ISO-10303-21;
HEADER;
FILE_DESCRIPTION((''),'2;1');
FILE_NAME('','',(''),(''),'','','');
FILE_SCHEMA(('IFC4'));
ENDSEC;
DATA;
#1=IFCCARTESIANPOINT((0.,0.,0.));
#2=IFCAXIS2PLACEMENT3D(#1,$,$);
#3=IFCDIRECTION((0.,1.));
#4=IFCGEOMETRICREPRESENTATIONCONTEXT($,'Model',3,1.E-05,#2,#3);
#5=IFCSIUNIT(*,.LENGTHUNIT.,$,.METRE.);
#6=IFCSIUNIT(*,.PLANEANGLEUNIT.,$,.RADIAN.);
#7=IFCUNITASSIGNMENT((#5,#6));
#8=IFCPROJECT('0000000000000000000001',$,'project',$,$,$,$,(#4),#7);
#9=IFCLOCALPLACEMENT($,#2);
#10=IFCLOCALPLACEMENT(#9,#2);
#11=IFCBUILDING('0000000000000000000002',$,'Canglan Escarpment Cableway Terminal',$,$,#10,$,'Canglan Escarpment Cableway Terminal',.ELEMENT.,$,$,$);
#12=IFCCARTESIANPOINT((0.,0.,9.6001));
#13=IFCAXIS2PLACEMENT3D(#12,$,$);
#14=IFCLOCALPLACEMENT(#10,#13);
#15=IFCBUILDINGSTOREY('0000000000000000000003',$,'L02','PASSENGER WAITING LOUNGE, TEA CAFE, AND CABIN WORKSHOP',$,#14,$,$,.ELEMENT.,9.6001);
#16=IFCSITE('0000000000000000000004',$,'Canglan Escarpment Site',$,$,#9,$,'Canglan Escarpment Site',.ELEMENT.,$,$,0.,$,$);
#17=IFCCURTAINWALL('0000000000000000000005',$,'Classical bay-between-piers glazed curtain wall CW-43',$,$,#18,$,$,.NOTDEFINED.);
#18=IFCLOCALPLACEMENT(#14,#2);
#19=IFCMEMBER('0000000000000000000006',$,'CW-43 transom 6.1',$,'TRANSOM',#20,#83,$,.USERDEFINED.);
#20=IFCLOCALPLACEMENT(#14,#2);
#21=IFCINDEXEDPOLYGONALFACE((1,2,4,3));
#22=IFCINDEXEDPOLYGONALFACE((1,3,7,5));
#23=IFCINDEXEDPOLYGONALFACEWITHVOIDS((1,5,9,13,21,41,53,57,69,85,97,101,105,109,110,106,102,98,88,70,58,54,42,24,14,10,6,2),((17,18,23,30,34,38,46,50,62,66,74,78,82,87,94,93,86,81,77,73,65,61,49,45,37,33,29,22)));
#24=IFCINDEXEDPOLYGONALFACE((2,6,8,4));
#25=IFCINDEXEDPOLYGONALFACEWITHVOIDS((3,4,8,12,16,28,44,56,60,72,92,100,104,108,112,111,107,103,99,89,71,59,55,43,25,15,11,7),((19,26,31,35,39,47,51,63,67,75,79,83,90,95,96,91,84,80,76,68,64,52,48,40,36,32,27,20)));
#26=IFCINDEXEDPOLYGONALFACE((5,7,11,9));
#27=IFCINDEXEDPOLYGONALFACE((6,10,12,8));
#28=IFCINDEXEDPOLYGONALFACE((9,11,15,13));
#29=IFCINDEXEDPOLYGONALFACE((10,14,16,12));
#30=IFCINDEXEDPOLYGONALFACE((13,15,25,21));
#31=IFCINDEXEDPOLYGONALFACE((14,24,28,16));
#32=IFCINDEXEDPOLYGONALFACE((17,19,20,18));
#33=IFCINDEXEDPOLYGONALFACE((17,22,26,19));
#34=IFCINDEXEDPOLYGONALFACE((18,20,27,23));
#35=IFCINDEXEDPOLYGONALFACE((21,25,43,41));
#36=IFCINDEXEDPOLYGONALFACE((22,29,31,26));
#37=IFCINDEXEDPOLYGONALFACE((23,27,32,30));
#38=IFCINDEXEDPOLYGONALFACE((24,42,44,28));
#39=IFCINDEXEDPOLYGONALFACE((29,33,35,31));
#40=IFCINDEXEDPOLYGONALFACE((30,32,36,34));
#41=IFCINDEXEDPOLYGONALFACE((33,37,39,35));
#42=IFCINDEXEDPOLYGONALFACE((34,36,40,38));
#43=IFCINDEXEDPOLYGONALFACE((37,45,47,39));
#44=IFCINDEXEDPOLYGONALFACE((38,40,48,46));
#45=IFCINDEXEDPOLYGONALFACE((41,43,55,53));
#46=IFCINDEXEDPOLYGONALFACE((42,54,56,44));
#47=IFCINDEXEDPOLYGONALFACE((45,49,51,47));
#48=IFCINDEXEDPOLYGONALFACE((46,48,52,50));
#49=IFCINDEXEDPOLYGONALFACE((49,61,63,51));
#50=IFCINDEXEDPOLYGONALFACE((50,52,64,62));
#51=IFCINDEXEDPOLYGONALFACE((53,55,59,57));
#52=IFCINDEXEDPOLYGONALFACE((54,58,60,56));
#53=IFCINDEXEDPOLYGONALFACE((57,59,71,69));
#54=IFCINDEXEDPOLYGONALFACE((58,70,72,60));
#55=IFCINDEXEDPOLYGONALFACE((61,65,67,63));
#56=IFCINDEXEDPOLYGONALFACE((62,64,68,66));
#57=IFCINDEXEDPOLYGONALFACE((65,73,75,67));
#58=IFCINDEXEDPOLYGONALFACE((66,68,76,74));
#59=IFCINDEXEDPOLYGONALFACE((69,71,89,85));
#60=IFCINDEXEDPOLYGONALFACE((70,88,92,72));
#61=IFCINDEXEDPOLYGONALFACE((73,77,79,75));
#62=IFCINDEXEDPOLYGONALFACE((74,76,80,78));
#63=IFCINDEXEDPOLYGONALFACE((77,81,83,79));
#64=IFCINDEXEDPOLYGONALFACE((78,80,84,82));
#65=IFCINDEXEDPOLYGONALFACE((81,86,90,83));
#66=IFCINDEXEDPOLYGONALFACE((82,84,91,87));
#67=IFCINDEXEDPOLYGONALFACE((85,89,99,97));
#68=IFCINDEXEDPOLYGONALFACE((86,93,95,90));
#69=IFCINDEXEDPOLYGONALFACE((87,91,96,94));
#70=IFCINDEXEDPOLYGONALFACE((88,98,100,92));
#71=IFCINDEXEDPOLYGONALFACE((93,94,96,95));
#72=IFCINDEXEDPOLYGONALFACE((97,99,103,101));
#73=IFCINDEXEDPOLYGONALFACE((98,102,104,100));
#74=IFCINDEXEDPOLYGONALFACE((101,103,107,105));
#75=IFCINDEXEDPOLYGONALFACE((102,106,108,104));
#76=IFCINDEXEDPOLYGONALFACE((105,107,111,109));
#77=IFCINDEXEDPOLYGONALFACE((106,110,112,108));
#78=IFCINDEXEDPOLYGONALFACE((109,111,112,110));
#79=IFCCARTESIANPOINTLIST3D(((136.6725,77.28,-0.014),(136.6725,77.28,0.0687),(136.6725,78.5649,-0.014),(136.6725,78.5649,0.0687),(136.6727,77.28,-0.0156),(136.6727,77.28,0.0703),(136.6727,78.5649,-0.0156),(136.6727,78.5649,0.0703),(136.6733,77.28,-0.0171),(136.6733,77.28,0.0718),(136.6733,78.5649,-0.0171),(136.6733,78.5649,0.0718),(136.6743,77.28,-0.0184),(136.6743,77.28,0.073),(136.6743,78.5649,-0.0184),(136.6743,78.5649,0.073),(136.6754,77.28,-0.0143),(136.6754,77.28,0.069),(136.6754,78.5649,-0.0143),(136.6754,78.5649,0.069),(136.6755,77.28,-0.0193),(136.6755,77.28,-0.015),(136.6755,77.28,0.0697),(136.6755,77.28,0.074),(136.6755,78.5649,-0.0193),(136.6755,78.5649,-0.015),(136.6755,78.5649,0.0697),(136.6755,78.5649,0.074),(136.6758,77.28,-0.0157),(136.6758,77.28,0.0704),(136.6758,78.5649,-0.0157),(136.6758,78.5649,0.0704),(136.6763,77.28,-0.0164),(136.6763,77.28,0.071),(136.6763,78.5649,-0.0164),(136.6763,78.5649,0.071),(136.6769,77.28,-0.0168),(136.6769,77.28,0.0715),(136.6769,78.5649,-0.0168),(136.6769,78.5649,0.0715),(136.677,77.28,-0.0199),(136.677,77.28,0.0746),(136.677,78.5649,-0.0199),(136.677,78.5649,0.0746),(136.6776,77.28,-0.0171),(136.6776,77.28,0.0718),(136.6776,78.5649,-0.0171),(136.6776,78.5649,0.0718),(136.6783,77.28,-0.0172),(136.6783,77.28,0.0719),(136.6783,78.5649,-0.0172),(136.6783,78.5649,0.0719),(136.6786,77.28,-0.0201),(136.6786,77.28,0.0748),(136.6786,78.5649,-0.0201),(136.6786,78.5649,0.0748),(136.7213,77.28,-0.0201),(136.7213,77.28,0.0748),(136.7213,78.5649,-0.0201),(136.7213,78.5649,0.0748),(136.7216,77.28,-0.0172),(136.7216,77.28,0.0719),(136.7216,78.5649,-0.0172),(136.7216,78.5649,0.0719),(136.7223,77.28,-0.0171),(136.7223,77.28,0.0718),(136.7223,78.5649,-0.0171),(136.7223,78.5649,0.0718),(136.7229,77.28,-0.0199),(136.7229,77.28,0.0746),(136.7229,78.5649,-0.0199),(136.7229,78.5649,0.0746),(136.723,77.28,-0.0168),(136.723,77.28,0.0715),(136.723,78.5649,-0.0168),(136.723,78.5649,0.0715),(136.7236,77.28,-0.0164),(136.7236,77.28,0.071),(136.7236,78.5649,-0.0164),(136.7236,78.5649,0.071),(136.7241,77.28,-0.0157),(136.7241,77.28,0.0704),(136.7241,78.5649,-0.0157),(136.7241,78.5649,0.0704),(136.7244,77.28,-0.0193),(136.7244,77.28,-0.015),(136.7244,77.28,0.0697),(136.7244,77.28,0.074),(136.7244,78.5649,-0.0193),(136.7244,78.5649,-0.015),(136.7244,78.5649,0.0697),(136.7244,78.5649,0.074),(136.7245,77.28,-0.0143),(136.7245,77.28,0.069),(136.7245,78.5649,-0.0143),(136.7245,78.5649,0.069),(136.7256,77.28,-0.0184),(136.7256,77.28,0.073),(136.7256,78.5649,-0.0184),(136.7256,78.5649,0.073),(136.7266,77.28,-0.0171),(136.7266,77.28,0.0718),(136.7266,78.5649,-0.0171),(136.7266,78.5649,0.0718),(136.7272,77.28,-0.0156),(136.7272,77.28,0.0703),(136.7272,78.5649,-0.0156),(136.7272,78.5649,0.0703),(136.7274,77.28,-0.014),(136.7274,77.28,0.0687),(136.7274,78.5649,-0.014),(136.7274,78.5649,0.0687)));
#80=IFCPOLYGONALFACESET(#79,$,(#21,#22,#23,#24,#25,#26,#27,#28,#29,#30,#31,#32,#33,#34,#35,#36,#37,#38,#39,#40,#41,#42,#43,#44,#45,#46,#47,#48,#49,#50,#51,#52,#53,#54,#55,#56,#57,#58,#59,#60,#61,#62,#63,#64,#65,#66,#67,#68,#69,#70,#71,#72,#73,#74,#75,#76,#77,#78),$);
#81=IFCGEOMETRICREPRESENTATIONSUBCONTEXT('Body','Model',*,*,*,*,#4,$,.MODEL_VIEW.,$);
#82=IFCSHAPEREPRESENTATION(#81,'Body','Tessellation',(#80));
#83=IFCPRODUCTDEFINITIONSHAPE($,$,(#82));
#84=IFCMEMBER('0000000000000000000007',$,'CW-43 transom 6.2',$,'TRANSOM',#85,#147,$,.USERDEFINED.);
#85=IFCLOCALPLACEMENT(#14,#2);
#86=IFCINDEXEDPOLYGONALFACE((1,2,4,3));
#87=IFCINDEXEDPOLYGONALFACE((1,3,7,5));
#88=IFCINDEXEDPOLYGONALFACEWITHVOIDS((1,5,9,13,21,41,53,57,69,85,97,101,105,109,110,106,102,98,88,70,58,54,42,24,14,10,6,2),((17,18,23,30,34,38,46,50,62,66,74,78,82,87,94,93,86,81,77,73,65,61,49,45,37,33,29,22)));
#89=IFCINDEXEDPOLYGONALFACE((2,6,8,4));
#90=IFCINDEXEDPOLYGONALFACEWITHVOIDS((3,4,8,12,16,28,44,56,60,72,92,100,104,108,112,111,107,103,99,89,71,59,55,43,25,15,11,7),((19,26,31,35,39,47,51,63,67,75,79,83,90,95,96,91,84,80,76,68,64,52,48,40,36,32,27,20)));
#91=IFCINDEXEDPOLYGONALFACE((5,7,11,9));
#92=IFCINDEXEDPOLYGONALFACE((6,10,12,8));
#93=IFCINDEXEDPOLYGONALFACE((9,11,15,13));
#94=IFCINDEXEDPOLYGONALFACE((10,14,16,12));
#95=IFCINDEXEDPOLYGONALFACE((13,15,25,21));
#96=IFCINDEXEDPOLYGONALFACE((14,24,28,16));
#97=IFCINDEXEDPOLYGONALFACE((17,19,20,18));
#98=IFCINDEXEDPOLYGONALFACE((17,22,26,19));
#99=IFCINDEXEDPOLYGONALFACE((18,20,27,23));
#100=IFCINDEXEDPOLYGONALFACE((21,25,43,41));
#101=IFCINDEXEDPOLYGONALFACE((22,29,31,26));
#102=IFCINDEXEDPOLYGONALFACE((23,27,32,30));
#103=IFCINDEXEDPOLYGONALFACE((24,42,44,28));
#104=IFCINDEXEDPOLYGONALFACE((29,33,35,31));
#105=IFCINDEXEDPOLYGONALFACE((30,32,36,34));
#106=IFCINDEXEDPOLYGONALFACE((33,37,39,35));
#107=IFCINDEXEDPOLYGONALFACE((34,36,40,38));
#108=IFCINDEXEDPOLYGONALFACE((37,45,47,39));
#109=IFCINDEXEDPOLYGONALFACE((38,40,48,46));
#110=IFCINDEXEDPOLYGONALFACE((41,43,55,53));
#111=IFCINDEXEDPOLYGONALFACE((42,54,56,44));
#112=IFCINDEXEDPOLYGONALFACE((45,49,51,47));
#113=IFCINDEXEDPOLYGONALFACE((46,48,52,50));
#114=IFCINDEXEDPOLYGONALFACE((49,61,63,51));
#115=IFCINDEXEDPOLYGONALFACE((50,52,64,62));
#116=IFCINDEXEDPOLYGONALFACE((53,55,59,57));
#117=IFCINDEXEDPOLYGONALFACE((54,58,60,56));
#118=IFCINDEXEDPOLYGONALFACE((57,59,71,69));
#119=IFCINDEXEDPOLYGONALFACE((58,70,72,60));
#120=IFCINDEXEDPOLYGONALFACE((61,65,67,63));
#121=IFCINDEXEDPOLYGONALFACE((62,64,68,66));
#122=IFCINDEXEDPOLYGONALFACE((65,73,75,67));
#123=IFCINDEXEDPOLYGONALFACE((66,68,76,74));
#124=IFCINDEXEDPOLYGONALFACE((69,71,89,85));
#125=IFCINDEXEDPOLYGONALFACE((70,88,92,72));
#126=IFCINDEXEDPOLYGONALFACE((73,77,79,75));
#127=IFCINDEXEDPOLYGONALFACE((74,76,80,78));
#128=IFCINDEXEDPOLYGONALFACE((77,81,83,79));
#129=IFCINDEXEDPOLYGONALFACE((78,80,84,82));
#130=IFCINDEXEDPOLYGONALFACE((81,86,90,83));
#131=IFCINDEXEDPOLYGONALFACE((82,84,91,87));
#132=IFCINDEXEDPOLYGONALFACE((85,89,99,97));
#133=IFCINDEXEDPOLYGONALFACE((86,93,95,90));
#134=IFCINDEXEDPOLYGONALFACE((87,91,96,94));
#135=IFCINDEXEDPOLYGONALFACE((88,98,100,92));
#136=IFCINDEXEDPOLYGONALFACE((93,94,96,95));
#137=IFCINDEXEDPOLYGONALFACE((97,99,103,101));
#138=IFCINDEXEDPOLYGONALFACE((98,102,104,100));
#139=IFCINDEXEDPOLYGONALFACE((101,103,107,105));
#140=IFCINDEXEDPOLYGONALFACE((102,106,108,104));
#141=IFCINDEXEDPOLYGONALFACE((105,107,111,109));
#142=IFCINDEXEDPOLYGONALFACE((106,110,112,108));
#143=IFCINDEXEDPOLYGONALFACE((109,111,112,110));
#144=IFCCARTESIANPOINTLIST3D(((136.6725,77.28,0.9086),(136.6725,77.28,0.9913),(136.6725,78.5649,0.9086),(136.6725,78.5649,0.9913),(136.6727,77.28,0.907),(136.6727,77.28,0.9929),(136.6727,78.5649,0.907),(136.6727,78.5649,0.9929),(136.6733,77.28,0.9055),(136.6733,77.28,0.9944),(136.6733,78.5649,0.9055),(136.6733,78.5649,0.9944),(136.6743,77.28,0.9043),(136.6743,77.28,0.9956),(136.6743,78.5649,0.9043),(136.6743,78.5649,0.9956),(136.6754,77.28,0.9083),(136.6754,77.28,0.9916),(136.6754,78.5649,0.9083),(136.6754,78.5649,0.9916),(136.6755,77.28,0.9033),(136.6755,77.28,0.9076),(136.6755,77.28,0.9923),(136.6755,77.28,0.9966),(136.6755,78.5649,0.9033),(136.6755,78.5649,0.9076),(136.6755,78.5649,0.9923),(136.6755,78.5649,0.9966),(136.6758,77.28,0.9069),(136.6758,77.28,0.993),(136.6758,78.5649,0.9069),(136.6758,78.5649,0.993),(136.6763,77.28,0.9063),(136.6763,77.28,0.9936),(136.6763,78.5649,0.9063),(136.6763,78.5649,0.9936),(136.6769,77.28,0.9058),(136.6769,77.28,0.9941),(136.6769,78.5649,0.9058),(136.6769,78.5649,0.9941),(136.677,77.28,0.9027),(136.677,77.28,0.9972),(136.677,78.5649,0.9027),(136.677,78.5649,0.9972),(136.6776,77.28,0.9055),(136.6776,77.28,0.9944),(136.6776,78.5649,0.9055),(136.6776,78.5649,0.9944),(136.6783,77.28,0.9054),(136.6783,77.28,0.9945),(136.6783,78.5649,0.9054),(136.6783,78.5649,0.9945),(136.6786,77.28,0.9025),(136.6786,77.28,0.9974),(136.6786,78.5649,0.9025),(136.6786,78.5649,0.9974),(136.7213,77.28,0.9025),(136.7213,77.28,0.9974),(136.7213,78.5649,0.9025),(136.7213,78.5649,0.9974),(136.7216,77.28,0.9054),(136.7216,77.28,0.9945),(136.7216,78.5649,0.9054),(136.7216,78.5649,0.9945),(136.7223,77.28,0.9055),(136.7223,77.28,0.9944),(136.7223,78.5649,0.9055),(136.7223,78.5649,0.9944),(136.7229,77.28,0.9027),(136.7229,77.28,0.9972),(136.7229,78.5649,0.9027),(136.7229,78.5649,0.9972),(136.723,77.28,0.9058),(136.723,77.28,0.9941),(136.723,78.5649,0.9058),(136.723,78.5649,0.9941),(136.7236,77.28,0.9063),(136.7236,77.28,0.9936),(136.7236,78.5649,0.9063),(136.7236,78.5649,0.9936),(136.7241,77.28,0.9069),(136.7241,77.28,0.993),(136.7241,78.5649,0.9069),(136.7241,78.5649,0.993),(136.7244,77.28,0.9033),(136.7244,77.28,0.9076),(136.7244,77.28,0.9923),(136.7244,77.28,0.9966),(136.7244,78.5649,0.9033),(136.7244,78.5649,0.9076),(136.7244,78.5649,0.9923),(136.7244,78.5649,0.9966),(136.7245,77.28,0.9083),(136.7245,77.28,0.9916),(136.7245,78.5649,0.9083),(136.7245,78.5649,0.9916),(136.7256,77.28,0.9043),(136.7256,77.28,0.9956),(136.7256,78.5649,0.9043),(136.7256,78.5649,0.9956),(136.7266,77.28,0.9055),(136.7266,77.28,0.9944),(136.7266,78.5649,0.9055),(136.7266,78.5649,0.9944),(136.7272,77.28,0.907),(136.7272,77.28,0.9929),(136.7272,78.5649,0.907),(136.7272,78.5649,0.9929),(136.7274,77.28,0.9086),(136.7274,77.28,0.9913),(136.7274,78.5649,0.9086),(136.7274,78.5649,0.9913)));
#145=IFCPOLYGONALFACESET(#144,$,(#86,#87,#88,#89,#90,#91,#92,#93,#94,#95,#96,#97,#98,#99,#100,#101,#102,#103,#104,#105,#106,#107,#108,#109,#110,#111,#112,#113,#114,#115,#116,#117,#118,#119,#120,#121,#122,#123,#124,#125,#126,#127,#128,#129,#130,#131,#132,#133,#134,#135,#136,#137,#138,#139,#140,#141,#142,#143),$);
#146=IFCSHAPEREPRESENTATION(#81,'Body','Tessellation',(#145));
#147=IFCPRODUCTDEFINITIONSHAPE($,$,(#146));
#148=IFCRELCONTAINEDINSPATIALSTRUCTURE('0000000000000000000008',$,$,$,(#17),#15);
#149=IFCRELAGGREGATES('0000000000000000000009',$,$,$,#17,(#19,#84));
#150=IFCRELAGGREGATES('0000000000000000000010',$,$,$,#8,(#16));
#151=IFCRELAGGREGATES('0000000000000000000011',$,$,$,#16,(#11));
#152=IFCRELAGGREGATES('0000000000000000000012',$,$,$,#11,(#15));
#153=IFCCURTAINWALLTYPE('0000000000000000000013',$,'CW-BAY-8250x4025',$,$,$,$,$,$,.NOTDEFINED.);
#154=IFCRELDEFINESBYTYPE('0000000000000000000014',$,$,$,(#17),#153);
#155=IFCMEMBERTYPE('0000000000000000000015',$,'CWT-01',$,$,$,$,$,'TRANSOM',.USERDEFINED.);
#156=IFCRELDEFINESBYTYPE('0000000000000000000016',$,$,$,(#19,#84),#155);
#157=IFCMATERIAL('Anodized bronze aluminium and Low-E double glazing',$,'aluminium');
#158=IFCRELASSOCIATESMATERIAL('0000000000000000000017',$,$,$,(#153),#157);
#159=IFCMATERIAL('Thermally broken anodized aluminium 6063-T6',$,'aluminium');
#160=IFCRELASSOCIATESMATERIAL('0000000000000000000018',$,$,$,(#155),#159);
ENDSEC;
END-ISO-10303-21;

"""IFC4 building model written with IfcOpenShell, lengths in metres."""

from ifc_helpers import new_model, si_unit, direction, frame, origin, origin_2d, place, context, subcontext, project, spatial, hollow_rectangle, extrude, material, material_profile, profile_set, type_object, element, aggregate, save


model = new_model("IFC4")

# Units and contexts
model_context = context("Model", 3, precision=1e-05, world=origin(), true_north=direction((0.0, 1.0)))
body_context = subcontext(model_context, "Body", "Model", "MODEL_VIEW")
ifc_project = project(units=[si_unit("LENGTHUNIT", "METRE"), si_unit("PLANEANGLEUNIT", "RADIAN")], contexts=[model_context])

# Site, building, storey
site_placement = place(None, origin())
site = spatial("IfcSite", under=ifc_project, at=site_placement, Name="Canglan Escarpment Site", LongName="Canglan Escarpment Site", CompositionType="ELEMENT", RefElevation=0.0)
building_placement = place(site_placement, origin())
building = spatial("IfcBuilding", under=site, at=building_placement, Name="Canglan Escarpment Cableway Terminal", LongName="Canglan Escarpment Cableway Terminal", CompositionType="ELEMENT")
storey_placement = place(building_placement, frame((0.0, 0.0, 9.6001)))
storey = spatial("IfcBuildingStorey", under=building, at=storey_placement, Name="L02", Description="PASSENGER WAITING LOUNGE, TEA CAFE, AND CABIN WORKSHOP", CompositionType="ELEMENT", Elevation=9.6001)

# Curtain wall, members
ifc_material_1 = material(Name="Anodized bronze aluminium and Low-E double glazing", Category="aluminium")
curtain_wall_type = type_object("IfcCurtainWallType", Name="CW-BAY-8250x4025", PredefinedType="NOTDEFINED", material=ifc_material_1)
curtain_wall_placement = place(storey_placement, origin())
curtain_wall = element("IfcCurtainWall", 1, at=curtain_wall_placement, inside=storey, type_object=curtain_wall_type, Name="Classical bay-between-piers glazed curtain wall CW-43", PredefinedType="NOTDEFINED")
ifc_material_2 = material(Name="Thermally broken anodized aluminium 6063-T6", Category="aluminium")
ifc_material_profile_1 = material_profile(ifc_material_2, hollow_rectangle(XDim=0.0549, YDim=0.095, WallThickness=0.0029, InnerFilletRadius=0.0029, OuterFilletRadius=0.0061, at=origin_2d()), Name="ALU-TRAN 55x95x3")
ifc_profile_set_1 = profile_set([ifc_material_profile_1], Name="Thermally broken anodized aluminium 6063-T6")
member_type_1 = type_object("IfcMemberType", Name="CWT-01", ElementType="TRANSOM", PredefinedType="USERDEFINED", material=ifc_profile_set_1)
member_1_placement = place(storey_placement, frame((136.7, 77.28, 0.0273), z_axis=(0.0, 1.0, 0.0), x_axis=(-1.0, 0.0, 0.0)))
member_1 = element("IfcMember", 2, at=member_1_placement, type_object=member_type_1, Name="CW-43 transom 6.1", ObjectType="TRANSOM", PredefinedType="USERDEFINED", context=body_context, shape_type="SweptSolid", body=[
    extrude(hollow_rectangle(XDim=0.0549, YDim=0.095, WallThickness=0.0029, InnerFilletRadius=0.0029, OuterFilletRadius=0.0061, at=origin_2d()), origin(), (0.0, 0.0, 1.0), 1.2849),
])
member_2_placement = place(storey_placement, frame((136.7, 77.28, 0.95), z_axis=(0.0, 1.0, 0.0), x_axis=(-1.0, 0.0, 0.0)))
member_2 = element("IfcMember", 3, at=member_2_placement, type_object=member_type_1, Name="CW-43 transom 6.2", ObjectType="TRANSOM", PredefinedType="USERDEFINED", context=body_context, shape_type="SweptSolid", body=[
    extrude(hollow_rectangle(XDim=0.0549, YDim=0.095, WallThickness=0.0029, InnerFilletRadius=0.0029, OuterFilletRadius=0.0061, at=origin_2d()), origin(), (0.0, 0.0, 1.0), 1.2849),
])
aggregate(curtain_wall, [member_1, member_2])

save(model, "model.ifc")
